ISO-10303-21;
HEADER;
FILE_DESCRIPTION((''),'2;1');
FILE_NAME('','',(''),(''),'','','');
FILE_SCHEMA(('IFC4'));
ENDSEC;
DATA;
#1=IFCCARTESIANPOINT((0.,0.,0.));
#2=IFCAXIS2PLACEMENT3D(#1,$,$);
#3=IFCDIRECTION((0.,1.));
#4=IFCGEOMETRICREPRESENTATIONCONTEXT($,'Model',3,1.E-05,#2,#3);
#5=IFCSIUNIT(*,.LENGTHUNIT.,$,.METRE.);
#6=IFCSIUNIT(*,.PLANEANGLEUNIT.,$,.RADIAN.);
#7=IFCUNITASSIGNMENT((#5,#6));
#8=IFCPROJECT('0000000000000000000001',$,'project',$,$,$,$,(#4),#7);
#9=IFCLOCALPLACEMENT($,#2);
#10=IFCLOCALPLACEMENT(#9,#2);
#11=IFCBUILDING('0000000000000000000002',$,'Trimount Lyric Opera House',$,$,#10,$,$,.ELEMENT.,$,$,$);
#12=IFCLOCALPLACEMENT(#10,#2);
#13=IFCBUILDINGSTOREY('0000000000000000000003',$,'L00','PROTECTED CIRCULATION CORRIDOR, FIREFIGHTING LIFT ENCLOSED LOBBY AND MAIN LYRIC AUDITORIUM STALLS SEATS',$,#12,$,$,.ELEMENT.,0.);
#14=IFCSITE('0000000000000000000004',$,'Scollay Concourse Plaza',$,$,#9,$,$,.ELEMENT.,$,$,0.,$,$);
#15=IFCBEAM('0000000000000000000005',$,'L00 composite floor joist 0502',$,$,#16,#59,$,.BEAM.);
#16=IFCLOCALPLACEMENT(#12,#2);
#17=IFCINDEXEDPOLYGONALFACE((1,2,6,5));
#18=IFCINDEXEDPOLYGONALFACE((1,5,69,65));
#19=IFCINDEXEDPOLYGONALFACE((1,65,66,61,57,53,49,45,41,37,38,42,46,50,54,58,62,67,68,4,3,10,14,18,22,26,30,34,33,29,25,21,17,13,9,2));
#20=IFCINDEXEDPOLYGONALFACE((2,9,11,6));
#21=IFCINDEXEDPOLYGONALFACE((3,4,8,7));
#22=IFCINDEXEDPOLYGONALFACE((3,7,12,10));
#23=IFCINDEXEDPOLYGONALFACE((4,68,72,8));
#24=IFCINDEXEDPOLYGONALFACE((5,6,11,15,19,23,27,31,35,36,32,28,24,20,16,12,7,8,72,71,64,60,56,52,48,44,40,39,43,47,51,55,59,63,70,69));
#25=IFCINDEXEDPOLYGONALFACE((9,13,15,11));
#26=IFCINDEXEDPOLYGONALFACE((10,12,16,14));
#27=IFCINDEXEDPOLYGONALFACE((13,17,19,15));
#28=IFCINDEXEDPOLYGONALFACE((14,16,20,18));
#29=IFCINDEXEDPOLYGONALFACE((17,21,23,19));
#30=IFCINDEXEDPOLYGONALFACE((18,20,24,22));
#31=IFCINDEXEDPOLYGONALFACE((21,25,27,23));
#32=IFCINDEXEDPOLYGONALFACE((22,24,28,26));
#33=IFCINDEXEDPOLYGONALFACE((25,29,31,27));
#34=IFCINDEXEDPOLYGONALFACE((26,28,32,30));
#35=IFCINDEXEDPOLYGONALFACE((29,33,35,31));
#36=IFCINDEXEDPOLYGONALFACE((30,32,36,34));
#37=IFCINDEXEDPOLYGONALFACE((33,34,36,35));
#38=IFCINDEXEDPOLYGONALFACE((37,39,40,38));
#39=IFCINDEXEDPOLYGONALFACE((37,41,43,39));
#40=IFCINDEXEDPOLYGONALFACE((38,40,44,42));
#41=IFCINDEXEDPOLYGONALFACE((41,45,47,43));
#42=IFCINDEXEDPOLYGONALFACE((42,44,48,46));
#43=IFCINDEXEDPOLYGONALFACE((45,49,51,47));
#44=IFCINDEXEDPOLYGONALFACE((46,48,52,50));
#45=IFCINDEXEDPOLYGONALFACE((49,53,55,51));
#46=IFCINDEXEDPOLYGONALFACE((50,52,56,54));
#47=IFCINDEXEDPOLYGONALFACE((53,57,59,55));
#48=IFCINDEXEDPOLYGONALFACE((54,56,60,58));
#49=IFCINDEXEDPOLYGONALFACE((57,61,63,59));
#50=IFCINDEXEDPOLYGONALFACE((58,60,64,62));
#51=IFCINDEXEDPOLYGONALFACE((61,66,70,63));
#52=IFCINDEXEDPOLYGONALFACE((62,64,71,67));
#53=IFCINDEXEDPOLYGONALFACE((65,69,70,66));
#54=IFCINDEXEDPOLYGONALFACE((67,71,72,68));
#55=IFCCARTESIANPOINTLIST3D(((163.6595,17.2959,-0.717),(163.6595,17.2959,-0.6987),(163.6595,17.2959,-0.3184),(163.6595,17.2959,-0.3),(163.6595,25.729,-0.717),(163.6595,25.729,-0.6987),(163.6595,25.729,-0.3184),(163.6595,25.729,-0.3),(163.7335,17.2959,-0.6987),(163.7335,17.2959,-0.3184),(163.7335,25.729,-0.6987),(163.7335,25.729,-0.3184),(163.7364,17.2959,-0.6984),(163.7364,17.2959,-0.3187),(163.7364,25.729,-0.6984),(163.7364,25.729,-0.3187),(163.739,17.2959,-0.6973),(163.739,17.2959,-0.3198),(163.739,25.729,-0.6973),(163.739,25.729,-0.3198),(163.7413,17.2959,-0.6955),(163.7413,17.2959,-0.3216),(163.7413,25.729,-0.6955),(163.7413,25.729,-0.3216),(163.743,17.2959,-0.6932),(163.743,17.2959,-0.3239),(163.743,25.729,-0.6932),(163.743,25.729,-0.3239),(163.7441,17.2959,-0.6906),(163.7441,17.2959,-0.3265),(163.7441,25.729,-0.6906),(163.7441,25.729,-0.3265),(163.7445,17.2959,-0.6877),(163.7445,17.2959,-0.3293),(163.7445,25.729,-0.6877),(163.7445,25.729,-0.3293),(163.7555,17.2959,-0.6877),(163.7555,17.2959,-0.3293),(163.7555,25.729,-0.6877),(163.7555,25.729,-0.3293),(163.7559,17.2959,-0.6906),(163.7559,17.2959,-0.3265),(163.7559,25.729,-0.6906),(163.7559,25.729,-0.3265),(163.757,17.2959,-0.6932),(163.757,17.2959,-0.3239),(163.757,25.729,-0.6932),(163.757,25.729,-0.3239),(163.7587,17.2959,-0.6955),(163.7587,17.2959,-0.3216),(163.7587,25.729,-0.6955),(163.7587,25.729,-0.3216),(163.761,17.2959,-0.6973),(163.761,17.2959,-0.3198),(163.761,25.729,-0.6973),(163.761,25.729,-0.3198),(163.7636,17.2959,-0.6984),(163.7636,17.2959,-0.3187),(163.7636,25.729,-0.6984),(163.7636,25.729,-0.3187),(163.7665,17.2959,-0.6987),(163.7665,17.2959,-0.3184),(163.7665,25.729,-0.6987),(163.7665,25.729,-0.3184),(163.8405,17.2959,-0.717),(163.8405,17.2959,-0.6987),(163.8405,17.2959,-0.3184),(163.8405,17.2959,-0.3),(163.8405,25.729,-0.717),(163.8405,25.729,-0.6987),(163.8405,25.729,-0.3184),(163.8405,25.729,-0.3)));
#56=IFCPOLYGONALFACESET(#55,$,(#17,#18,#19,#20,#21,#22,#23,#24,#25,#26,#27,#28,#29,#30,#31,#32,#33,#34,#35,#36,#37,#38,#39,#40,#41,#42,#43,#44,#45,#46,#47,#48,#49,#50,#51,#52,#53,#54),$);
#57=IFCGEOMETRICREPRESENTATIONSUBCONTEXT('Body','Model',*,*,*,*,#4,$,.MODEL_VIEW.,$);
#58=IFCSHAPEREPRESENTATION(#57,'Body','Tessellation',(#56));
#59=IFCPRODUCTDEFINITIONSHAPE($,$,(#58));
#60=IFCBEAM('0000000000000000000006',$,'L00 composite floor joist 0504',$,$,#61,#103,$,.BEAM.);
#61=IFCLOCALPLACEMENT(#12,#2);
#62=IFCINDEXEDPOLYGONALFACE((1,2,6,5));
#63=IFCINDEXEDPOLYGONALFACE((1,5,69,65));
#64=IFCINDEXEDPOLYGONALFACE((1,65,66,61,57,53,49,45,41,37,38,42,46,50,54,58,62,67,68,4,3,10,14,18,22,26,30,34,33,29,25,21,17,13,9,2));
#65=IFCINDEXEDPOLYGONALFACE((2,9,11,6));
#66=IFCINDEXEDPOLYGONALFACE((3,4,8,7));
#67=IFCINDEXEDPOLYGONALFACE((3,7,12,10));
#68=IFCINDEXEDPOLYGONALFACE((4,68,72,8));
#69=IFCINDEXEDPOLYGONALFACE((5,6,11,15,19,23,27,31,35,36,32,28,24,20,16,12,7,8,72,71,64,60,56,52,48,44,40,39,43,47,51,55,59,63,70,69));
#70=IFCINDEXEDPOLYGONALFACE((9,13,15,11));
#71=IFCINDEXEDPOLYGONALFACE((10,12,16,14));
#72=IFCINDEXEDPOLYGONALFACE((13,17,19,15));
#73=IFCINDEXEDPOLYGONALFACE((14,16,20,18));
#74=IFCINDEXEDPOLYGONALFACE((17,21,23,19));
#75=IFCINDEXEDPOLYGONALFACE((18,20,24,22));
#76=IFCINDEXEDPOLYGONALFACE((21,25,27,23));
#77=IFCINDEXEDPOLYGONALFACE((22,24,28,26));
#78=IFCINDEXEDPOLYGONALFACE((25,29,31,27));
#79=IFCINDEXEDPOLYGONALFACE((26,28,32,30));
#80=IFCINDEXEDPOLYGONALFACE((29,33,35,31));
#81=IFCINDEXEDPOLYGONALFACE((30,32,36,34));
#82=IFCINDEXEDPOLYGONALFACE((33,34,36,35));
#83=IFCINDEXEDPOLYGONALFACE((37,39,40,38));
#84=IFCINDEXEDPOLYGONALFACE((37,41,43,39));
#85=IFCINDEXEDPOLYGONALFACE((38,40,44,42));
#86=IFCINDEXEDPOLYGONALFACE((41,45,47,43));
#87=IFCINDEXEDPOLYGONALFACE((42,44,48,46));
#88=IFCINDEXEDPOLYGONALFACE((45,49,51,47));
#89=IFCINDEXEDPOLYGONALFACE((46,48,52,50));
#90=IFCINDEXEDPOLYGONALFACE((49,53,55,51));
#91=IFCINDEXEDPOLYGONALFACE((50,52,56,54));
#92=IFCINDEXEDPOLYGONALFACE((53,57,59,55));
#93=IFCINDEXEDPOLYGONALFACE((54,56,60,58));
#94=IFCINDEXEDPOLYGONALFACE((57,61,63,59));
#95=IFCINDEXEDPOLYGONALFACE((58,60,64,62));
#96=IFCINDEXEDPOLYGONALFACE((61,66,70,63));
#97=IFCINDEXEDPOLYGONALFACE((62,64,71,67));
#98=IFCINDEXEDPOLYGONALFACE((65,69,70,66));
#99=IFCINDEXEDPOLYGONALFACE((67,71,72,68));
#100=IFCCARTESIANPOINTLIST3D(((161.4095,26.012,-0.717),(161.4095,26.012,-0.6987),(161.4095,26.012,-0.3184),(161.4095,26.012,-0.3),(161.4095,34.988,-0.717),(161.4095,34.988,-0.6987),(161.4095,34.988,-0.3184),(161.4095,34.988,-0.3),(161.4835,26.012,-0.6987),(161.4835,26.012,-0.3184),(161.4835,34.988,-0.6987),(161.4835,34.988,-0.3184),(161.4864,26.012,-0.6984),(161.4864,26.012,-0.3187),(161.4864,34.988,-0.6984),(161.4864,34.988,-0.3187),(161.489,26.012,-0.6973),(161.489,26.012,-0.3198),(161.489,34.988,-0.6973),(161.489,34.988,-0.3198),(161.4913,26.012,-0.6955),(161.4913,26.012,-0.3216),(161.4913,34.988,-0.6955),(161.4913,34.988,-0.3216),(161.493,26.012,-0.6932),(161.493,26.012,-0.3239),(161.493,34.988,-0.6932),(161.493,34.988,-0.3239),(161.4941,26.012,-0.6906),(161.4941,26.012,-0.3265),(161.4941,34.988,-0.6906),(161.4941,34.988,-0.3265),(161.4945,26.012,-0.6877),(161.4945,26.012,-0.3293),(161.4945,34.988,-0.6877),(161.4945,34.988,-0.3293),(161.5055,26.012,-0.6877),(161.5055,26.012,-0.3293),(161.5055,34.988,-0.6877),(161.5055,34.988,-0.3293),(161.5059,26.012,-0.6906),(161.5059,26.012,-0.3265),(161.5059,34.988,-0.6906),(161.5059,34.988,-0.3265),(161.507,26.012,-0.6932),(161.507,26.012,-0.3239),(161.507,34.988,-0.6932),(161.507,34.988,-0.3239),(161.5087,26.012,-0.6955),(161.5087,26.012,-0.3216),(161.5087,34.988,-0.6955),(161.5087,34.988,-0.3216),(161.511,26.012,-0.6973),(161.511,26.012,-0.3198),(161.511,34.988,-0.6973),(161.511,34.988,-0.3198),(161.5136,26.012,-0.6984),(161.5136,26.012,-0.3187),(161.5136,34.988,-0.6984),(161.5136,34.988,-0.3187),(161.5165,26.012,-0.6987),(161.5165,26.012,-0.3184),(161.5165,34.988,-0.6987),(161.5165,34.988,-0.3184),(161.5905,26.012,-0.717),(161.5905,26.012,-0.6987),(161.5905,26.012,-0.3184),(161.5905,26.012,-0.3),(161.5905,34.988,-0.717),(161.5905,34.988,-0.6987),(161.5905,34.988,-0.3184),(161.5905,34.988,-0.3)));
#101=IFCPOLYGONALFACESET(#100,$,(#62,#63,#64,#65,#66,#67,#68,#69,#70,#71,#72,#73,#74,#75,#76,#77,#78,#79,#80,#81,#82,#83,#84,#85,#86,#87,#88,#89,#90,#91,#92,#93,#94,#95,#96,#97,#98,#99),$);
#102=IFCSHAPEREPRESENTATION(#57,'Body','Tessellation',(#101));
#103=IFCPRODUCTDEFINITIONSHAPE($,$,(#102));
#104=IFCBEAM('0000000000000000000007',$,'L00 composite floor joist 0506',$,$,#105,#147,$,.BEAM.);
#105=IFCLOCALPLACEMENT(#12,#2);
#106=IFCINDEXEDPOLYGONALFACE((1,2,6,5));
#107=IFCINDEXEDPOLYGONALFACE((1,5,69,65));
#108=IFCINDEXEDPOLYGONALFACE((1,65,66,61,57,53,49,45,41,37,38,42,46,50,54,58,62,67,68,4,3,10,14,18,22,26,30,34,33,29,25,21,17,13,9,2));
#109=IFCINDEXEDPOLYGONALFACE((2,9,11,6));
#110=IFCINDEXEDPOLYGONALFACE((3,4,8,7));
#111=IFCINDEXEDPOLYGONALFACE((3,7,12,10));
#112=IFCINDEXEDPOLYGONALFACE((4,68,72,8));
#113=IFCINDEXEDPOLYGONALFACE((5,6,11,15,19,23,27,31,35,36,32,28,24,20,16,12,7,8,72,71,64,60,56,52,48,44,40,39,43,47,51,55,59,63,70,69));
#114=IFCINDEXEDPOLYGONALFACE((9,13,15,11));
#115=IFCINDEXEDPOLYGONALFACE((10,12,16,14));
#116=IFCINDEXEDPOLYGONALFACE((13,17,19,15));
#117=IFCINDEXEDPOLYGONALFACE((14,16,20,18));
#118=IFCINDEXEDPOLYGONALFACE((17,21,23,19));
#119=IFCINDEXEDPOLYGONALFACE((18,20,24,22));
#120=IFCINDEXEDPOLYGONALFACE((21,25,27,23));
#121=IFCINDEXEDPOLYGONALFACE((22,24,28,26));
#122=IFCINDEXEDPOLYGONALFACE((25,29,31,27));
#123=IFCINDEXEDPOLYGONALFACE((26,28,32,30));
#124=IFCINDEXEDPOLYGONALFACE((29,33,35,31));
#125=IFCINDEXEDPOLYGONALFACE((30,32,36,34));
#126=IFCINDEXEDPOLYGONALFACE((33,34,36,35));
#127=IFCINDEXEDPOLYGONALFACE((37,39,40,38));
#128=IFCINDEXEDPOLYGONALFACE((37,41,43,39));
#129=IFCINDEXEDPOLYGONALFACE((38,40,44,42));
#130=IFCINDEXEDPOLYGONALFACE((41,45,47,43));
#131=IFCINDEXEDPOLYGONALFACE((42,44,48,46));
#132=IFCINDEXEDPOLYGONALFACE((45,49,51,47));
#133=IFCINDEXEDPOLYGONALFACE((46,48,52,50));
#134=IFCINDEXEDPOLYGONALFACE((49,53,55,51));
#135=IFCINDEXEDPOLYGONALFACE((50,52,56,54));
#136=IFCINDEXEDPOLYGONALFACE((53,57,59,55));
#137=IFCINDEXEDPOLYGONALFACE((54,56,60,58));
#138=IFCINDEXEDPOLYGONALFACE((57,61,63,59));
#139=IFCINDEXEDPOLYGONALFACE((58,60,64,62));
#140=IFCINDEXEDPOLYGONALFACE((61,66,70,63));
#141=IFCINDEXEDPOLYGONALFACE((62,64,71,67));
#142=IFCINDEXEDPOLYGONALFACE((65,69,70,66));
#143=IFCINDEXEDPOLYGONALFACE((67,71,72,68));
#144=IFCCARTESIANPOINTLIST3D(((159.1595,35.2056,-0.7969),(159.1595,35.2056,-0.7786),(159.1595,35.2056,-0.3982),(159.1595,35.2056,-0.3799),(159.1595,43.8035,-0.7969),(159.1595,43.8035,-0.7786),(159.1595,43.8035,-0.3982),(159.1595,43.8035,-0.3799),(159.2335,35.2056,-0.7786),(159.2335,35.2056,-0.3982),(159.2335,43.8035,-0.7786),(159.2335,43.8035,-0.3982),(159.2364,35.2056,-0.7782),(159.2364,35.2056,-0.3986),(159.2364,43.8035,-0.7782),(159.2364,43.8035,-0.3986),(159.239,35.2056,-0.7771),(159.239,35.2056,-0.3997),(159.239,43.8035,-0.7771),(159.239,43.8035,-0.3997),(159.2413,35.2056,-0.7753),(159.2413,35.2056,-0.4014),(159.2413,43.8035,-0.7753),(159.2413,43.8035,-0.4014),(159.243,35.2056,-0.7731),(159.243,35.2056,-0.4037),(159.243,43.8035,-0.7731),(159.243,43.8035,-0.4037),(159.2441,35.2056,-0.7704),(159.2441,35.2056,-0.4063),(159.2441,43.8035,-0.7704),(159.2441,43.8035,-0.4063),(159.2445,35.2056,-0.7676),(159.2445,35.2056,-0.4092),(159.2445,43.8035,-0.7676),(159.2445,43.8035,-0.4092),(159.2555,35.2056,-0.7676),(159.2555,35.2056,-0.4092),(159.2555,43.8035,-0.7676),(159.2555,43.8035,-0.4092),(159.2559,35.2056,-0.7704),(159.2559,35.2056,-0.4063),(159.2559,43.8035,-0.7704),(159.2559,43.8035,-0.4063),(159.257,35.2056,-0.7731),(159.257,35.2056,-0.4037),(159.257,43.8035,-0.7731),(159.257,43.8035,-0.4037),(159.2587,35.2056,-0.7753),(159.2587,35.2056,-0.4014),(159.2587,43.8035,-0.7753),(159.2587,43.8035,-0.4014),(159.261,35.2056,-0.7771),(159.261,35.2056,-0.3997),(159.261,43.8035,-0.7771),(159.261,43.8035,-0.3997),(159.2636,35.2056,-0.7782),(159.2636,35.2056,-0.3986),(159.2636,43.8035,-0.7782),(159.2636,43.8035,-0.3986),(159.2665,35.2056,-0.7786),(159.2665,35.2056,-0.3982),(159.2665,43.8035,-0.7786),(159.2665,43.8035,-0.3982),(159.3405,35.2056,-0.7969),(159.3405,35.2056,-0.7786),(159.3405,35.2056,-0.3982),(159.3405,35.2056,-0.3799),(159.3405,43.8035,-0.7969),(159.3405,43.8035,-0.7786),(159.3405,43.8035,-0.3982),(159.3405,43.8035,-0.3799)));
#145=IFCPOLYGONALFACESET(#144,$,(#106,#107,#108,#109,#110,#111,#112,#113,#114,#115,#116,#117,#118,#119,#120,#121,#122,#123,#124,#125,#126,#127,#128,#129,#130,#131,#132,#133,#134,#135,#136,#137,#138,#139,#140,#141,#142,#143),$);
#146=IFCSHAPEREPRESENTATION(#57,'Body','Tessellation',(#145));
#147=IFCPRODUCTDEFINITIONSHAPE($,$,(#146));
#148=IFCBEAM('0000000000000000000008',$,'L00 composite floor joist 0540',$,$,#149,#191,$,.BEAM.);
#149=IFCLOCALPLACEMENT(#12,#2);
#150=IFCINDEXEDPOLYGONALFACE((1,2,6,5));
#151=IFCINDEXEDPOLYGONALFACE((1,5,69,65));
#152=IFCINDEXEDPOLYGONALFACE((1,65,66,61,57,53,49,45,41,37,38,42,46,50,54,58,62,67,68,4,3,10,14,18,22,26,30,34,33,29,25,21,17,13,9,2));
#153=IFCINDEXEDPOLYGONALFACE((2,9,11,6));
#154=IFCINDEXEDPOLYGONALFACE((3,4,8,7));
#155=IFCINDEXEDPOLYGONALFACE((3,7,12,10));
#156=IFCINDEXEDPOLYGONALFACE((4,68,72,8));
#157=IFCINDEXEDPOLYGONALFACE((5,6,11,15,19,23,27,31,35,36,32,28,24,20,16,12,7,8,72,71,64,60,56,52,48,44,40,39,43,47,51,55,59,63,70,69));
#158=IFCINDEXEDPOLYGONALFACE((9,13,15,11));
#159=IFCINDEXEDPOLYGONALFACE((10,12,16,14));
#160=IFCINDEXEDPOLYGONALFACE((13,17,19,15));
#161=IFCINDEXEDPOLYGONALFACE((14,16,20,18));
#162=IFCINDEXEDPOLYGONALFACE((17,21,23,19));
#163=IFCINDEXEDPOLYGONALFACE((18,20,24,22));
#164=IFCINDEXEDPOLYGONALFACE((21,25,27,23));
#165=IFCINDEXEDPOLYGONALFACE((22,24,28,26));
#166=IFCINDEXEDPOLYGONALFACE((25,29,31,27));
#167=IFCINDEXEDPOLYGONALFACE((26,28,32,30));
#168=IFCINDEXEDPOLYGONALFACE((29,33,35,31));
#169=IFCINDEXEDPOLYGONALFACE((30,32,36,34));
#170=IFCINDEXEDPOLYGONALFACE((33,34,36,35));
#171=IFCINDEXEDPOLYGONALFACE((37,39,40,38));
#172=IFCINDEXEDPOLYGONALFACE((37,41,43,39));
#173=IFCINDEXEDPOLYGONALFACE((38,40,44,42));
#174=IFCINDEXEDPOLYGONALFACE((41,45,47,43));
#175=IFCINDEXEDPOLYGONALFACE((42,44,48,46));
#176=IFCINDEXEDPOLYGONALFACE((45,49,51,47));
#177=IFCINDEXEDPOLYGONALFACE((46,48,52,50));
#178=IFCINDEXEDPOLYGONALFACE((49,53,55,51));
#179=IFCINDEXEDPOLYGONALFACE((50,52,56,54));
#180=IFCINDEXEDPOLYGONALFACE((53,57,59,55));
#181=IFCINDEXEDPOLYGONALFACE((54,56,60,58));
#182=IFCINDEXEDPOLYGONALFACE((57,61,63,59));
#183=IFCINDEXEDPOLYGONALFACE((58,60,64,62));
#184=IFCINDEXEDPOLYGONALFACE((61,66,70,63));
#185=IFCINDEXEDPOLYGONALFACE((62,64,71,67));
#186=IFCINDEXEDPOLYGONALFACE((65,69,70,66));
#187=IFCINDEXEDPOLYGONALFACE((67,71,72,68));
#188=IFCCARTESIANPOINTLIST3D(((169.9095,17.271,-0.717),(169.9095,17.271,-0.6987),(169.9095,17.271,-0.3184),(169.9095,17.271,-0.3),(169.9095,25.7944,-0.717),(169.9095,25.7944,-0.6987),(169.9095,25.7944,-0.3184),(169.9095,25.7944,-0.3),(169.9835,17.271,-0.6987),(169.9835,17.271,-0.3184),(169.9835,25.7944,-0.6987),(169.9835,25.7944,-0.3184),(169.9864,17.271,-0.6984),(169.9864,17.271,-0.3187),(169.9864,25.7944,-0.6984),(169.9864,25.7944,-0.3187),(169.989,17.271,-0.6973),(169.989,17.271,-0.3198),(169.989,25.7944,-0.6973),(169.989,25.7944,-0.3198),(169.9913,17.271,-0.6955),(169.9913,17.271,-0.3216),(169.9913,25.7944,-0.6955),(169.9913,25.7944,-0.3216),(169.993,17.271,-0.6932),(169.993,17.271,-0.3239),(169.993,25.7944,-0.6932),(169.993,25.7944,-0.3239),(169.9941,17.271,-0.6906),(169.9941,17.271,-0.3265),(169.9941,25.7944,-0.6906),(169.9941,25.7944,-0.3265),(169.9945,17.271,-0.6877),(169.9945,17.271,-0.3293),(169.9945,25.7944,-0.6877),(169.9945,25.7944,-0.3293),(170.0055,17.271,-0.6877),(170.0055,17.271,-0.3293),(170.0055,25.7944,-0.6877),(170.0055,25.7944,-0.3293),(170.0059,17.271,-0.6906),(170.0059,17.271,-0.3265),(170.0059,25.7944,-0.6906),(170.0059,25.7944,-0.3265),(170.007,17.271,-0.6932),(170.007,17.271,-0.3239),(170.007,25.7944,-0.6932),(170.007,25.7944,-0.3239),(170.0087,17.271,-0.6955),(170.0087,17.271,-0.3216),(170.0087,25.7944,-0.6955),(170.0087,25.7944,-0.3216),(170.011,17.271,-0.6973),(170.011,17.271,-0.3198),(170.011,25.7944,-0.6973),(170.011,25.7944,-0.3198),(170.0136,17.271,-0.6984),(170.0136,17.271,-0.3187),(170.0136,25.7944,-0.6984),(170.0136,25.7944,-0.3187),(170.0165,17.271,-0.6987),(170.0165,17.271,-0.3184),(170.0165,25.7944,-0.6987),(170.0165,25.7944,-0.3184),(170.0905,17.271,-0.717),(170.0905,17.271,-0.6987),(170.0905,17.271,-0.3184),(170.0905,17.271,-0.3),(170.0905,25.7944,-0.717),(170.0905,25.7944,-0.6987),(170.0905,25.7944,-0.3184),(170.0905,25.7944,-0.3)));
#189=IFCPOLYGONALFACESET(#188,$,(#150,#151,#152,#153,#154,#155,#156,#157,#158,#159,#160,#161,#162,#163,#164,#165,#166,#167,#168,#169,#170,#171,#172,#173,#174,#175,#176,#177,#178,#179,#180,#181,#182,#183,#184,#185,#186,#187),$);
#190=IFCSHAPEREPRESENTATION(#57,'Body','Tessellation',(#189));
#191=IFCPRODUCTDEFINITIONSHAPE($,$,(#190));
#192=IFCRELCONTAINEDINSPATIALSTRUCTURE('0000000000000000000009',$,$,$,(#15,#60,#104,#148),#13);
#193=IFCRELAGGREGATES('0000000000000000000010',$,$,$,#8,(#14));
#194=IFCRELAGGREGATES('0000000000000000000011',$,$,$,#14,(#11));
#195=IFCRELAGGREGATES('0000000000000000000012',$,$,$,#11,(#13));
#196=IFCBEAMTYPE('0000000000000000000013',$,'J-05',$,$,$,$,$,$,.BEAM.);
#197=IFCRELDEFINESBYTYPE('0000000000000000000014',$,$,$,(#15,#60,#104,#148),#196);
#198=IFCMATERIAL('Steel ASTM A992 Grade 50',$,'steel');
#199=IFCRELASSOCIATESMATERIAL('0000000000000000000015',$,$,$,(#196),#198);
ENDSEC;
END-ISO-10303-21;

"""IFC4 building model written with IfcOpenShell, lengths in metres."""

from ifc_helpers import new_model, si_unit, direction, frame, origin, origin_2d, place, context, subcontext, project, spatial, i_section, extrude, material, material_profile, profile_set, type_object, element, save


model = new_model("IFC4")

# Units and contexts
model_context = context("Model", 3, precision=1e-05, world=origin(), true_north=direction((0.0, 1.0)))
body_context = subcontext(model_context, "Body", "Model", "MODEL_VIEW")
ifc_project = project(units=[si_unit("LENGTHUNIT", "METRE"), si_unit("PLANEANGLEUNIT", "RADIAN")], contexts=[model_context])

# Site, building, storey
site_placement = place(None, origin())
site = spatial("IfcSite", under=ifc_project, at=site_placement, Name="Scollay Concourse Plaza", CompositionType="ELEMENT", RefElevation=0.0)
building_placement = place(site_placement, origin())
building = spatial("IfcBuilding", under=site, at=building_placement, Name="Trimount Lyric Opera House", CompositionType="ELEMENT")
storey_placement = place(building_placement, origin())
storey = spatial("IfcBuildingStorey", under=building, at=storey_placement, Name="L00", Description="PROTECTED CIRCULATION CORRIDOR, FIREFIGHTING LIFT ENCLOSED LOBBY AND MAIN LYRIC AUDITORIUM STALLS SEATS", CompositionType="ELEMENT", Elevation=0.0)

# Beams
ifc_material_1 = material(Name="Steel ASTM A992 Grade 50", Category="steel")
ifc_material_profile_1 = material_profile(ifc_material_1, i_section(OverallWidth=0.1809, OverallDepth=0.417, WebThickness=0.011, FlangeThickness=0.0183, FilletRadius=0.011, at=origin_2d()), Name="W16X57")
ifc_profile_set_1 = profile_set([ifc_material_profile_1], Name="Steel ASTM A992 Grade 50")
beam_type_1 = type_object("IfcBeamType", Name="J-05", PredefinedType="BEAM", material=ifc_profile_set_1)
beam_1_placement = place(storey_placement, frame((163.75, 17.2959, -0.5085), z_axis=(0.0, 1.0, 0.0), x_axis=(-1.0, 0.0, 0.0)))
element("IfcBeam", 1, at=beam_1_placement, inside=storey, type_object=beam_type_1, Name="L00 composite floor joist 0502", PredefinedType="BEAM", context=body_context, shape_type="SweptSolid", body=[
    extrude(i_section(OverallWidth=0.1809, OverallDepth=0.417, WebThickness=0.011, FlangeThickness=0.0183, FilletRadius=0.011, at=origin_2d()), origin(), (0.0, 0.0, 1.0), 8.4331),
])
beam_2_placement = place(storey_placement, frame((161.5, 26.012, -0.5085), z_axis=(0.0, 1.0, 0.0), x_axis=(-1.0, 0.0, 0.0)))
element("IfcBeam", 2, at=beam_2_placement, inside=storey, type_object=beam_type_1, Name="L00 composite floor joist 0504", PredefinedType="BEAM", context=body_context, shape_type="SweptSolid", body=[
    extrude(i_section(OverallWidth=0.1809, OverallDepth=0.417, WebThickness=0.011, FlangeThickness=0.0183, FilletRadius=0.011, at=origin_2d()), origin(), (0.0, 0.0, 1.0), 8.9761),
])
beam_3_placement = place(storey_placement, frame((159.25, 35.2056, -0.5884), z_axis=(0.0, 1.0, 0.0), x_axis=(-1.0, 0.0, 0.0)))
element("IfcBeam", 3, at=beam_3_placement, inside=storey, type_object=beam_type_1, Name="L00 composite floor joist 0506", PredefinedType="BEAM", context=body_context, shape_type="SweptSolid", body=[
    extrude(i_section(OverallWidth=0.1809, OverallDepth=0.417, WebThickness=0.011, FlangeThickness=0.0183, FilletRadius=0.011, at=origin_2d()), origin(), (0.0, 0.0, 1.0), 8.5979),
])
beam_4_placement = place(storey_placement, frame((170.0, 17.271, -0.5085), z_axis=(0.0, 1.0, 0.0), x_axis=(-1.0, 0.0, 0.0)))
element("IfcBeam", 4, at=beam_4_placement, inside=storey, type_object=beam_type_1, Name="L00 composite floor joist 0540", PredefinedType="BEAM", context=body_context, shape_type="SweptSolid", body=[
    extrude(i_section(OverallWidth=0.1809, OverallDepth=0.417, WebThickness=0.011, FlangeThickness=0.0183, FilletRadius=0.011, at=origin_2d()), origin(), (0.0, 0.0, 1.0), 8.5234),
])

save(model, "model.ifc")
